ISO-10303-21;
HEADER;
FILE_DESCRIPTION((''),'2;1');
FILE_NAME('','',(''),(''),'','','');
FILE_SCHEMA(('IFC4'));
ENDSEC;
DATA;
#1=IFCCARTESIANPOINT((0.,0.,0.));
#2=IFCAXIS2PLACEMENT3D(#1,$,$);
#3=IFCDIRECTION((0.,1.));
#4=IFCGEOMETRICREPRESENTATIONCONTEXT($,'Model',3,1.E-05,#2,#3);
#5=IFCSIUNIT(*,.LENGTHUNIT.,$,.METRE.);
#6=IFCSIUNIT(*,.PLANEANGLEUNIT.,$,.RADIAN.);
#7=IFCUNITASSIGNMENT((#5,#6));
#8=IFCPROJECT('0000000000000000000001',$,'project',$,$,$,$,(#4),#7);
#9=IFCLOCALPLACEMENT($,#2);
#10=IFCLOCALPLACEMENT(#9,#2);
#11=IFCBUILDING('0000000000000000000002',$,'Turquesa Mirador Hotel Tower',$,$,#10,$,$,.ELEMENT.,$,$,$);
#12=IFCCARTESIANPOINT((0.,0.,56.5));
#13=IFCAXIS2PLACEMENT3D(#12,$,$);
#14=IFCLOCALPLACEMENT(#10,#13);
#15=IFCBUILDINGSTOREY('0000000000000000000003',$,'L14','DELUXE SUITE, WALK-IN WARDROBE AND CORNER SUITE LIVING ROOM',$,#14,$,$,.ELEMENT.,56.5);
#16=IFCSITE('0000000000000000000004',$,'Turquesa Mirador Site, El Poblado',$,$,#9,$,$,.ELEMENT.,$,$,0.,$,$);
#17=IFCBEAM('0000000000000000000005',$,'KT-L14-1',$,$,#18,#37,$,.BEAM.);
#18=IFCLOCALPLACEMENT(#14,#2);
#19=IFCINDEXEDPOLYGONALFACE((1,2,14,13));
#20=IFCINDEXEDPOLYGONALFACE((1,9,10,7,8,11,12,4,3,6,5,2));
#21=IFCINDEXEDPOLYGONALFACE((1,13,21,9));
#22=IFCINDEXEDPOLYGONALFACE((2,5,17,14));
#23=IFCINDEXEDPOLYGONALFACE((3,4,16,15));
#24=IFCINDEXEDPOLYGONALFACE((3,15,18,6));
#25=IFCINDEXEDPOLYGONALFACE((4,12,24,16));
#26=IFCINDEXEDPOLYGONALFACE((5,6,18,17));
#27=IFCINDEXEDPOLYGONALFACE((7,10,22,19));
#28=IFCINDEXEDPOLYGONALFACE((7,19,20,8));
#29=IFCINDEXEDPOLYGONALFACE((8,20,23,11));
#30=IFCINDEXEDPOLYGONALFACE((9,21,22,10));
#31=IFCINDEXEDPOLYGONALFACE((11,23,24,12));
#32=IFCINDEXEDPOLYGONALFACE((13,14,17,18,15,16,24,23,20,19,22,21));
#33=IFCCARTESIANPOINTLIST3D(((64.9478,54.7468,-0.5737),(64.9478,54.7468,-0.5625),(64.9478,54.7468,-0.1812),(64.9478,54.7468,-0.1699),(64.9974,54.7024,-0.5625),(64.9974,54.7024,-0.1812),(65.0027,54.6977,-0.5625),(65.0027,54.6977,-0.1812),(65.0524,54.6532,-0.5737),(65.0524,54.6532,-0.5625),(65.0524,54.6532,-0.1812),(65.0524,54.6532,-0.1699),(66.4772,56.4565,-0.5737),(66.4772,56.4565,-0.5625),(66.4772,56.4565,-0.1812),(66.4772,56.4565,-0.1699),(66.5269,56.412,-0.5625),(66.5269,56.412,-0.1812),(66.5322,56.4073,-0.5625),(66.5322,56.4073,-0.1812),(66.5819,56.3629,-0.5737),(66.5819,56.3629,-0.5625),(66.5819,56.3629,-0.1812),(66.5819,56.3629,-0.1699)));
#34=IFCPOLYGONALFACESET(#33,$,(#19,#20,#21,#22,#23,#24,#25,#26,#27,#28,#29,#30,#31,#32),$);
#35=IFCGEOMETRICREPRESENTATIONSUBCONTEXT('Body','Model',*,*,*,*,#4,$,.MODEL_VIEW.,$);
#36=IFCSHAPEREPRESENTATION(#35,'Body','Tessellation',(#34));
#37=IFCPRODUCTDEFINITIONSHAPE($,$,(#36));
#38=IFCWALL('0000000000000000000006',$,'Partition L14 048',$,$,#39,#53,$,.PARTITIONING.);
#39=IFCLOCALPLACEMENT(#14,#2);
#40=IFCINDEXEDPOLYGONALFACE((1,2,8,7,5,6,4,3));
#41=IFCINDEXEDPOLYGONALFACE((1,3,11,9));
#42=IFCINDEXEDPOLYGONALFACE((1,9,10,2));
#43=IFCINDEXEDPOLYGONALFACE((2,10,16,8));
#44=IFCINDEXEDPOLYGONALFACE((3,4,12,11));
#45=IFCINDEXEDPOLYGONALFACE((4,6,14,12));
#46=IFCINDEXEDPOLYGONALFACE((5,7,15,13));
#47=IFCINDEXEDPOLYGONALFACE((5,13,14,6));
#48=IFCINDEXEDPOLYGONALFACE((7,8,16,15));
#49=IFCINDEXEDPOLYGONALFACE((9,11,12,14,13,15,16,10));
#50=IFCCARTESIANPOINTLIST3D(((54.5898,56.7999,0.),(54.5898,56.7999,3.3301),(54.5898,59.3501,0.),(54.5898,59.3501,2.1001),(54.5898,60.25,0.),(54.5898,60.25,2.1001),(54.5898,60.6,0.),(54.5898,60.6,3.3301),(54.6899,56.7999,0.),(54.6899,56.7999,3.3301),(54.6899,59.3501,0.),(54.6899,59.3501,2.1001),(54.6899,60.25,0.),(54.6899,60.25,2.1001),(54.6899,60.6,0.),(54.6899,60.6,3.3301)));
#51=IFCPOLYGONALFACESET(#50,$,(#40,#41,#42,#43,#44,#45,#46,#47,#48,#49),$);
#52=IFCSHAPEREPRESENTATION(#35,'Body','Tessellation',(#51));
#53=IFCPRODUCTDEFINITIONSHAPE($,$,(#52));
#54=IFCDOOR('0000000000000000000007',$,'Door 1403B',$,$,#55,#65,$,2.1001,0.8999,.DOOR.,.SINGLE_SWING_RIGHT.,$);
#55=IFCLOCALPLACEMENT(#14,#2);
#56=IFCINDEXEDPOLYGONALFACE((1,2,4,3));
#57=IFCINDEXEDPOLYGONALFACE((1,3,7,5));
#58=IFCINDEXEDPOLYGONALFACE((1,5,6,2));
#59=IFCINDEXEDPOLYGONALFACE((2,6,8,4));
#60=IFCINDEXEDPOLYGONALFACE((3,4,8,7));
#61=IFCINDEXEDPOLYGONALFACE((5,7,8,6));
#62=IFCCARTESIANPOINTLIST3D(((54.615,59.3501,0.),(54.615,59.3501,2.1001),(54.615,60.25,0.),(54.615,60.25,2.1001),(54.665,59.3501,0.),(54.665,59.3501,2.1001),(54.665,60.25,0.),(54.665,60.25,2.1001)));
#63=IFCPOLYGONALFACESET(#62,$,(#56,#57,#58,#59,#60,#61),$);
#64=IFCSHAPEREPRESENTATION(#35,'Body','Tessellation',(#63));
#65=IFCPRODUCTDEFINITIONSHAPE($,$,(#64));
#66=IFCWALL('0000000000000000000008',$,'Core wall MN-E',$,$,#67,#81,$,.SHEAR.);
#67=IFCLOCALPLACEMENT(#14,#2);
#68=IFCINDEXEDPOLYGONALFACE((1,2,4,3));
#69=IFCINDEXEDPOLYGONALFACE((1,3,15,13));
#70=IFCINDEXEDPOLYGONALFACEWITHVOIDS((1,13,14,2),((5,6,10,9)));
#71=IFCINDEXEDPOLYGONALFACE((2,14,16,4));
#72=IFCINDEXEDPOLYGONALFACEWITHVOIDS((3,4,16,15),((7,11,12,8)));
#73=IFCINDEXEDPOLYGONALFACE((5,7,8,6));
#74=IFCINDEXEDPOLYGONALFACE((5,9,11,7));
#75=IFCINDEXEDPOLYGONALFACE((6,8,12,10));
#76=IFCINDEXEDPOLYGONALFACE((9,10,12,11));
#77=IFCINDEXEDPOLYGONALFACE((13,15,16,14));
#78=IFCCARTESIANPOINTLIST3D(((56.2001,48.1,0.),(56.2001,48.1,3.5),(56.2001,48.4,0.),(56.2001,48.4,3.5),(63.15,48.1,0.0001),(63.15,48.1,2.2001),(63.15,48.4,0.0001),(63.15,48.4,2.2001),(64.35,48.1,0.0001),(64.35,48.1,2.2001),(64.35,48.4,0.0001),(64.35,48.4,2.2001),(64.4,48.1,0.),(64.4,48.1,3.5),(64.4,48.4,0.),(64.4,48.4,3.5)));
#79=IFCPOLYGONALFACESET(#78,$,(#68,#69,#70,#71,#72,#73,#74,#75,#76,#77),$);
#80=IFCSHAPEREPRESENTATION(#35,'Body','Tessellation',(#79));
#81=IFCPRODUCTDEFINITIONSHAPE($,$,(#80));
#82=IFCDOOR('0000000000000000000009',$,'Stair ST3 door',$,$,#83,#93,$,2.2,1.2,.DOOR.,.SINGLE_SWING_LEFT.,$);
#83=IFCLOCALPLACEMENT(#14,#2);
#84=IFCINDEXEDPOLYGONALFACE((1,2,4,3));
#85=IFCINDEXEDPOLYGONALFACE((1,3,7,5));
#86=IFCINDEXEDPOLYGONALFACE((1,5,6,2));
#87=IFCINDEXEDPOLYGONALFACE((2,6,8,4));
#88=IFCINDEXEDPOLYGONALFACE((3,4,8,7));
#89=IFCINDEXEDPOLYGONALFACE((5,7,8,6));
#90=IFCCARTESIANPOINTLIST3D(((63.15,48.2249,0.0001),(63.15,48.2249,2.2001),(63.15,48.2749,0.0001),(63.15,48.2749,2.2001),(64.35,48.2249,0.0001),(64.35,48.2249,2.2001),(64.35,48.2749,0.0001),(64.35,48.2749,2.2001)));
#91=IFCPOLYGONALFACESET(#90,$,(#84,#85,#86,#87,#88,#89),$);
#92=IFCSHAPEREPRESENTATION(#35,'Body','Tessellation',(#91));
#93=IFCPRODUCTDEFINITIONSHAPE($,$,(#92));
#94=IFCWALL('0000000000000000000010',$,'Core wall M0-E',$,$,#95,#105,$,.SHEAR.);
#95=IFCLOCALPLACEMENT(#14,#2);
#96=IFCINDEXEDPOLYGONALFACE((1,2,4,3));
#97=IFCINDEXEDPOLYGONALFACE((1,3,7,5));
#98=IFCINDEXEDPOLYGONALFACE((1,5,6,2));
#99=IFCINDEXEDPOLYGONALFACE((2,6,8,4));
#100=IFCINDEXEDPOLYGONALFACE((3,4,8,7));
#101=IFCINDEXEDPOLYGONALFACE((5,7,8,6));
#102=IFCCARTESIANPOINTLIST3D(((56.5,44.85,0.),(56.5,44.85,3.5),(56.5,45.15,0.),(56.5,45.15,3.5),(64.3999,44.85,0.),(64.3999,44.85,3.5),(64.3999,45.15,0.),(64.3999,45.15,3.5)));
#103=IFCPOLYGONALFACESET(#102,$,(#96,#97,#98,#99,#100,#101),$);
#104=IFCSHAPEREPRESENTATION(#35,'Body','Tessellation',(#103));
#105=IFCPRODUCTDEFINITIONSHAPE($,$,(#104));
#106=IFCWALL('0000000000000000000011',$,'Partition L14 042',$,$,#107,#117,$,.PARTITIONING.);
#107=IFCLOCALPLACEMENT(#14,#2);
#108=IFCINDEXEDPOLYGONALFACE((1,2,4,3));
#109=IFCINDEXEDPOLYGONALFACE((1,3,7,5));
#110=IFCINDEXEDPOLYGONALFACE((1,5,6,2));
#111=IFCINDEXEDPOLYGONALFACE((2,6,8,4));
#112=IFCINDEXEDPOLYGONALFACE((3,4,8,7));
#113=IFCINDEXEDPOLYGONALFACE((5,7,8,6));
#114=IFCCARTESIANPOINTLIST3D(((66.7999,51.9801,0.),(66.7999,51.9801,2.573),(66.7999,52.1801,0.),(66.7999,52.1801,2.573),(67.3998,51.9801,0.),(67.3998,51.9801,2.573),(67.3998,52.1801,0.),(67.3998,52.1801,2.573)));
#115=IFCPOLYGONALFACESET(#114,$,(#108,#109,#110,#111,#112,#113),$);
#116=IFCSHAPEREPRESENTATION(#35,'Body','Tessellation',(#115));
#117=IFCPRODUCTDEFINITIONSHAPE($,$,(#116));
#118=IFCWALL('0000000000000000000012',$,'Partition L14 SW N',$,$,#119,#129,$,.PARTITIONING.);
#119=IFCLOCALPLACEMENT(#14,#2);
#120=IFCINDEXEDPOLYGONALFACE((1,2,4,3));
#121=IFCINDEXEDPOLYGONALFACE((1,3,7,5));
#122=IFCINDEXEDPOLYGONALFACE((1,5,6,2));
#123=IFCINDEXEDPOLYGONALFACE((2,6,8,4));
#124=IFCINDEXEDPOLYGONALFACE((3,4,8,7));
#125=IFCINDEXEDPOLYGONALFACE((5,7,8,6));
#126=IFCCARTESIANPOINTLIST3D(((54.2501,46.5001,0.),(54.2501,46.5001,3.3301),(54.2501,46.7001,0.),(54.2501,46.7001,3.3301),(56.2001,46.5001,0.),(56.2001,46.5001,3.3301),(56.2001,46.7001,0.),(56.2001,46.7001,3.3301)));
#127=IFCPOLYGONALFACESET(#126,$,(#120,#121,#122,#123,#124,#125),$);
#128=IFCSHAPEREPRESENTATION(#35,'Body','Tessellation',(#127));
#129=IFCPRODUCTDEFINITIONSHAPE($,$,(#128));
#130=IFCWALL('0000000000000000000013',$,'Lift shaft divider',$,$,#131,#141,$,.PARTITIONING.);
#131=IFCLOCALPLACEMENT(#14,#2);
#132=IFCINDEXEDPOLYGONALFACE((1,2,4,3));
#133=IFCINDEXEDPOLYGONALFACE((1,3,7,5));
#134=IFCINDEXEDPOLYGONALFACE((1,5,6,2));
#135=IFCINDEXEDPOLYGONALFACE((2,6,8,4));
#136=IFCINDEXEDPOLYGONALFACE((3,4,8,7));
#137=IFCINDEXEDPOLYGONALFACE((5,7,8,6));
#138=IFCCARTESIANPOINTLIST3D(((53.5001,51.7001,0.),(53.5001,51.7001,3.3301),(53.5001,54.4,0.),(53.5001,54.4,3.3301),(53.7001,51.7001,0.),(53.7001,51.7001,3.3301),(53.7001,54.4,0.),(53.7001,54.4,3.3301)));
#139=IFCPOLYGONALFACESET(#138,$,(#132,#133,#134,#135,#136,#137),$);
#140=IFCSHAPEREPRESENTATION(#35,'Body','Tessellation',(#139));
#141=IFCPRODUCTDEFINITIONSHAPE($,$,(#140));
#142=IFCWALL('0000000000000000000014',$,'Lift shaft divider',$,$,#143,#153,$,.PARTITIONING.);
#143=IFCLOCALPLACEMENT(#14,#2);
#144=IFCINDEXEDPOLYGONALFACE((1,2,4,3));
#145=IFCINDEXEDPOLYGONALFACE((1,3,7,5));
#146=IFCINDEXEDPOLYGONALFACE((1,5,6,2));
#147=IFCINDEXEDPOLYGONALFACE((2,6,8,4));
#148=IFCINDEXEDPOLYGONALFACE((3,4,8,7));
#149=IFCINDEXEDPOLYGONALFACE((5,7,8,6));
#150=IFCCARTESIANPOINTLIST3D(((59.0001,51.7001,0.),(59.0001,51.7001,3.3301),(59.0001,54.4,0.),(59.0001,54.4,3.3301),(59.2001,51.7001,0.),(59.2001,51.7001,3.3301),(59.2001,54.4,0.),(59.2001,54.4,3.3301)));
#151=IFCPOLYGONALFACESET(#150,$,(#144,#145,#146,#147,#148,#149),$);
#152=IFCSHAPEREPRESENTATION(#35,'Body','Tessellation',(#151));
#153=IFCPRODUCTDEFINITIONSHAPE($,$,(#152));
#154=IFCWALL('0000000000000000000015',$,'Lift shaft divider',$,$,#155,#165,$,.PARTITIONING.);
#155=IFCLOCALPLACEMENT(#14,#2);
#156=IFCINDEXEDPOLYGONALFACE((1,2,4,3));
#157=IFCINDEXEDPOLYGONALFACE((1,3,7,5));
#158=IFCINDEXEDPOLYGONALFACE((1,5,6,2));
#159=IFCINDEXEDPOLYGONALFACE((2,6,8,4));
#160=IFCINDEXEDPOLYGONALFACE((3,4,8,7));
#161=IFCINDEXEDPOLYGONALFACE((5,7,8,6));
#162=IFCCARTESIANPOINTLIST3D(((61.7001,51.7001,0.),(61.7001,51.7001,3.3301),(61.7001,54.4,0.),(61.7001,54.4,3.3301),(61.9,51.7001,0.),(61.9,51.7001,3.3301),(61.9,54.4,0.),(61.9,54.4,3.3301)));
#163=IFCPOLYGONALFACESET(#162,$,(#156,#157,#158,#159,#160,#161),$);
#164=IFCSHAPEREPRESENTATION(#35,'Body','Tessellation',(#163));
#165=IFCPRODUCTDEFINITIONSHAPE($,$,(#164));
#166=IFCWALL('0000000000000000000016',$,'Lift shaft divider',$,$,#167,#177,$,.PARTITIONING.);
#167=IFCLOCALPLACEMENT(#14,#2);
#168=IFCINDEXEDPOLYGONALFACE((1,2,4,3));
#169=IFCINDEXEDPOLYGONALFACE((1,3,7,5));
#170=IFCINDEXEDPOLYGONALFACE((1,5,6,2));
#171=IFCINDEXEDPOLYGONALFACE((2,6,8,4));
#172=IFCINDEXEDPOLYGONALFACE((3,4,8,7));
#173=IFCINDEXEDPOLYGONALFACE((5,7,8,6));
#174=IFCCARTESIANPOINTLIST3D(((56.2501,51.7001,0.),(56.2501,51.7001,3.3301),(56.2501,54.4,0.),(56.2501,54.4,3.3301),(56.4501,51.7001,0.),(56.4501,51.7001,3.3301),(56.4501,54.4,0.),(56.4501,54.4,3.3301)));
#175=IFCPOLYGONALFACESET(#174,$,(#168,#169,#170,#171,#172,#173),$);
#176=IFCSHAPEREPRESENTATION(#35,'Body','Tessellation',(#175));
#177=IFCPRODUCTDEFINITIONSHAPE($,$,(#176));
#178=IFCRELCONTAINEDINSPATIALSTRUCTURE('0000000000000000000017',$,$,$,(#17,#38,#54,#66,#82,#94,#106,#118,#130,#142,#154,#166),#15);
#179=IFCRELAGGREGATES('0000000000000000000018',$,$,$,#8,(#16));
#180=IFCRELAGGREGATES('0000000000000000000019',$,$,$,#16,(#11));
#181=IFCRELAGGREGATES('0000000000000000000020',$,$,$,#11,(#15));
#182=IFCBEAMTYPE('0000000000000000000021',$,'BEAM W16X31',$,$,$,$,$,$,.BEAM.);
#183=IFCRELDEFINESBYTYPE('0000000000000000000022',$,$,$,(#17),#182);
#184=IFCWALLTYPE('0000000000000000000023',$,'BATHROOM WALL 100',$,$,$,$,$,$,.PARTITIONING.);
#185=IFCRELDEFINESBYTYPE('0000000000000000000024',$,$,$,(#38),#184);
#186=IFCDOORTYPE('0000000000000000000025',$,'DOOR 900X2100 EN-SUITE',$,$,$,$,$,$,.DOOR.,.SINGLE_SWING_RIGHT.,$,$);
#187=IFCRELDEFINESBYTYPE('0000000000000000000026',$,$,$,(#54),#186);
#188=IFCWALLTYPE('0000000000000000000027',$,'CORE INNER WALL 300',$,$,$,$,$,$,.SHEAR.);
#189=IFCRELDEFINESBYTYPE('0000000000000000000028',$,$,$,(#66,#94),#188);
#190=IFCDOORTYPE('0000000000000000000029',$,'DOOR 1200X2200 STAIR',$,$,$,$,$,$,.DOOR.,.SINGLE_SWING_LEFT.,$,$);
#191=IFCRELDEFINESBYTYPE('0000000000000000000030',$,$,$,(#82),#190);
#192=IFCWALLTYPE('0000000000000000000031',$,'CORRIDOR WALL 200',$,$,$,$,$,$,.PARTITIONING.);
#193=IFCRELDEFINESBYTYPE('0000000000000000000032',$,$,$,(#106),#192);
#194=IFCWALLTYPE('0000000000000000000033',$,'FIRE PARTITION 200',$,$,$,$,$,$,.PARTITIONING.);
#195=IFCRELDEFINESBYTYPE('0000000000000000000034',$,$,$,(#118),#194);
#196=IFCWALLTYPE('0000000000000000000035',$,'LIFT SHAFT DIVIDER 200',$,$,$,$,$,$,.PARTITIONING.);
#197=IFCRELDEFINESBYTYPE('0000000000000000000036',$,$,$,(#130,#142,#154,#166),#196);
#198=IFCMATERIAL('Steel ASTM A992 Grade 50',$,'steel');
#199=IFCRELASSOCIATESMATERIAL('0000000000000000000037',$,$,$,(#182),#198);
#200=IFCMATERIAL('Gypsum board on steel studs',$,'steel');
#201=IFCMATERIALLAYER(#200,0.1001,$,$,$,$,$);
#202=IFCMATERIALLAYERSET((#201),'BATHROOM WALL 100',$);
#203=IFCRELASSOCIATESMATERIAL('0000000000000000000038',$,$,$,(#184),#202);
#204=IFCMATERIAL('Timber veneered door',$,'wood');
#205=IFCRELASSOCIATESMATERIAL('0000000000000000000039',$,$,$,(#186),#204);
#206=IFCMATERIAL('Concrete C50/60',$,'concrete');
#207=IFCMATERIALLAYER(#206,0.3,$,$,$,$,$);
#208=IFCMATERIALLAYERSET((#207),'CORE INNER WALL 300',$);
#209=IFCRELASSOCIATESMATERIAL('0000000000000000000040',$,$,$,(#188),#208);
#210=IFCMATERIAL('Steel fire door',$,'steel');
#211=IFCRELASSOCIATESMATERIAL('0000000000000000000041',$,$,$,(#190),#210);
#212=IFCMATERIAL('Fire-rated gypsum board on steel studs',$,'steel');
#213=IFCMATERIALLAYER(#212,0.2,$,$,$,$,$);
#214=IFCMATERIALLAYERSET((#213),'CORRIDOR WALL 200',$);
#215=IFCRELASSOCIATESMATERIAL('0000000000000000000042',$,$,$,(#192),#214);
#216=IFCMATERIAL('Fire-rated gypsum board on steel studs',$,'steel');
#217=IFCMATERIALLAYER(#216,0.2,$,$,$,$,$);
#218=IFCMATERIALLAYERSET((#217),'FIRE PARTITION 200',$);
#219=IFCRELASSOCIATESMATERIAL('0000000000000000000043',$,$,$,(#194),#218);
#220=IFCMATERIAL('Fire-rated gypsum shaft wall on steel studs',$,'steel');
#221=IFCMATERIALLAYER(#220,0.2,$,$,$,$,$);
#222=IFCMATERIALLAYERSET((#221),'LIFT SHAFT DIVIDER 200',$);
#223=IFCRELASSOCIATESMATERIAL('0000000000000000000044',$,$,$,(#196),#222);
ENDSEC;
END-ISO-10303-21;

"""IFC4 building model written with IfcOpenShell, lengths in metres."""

from ifc_helpers import new_model, si_unit, direction, frame, frame_2d, origin, origin_2d, place, context, subcontext, project, spatial, rectangle, i_section, extrude, material, layer, layer_set, material_profile, profile_set, type_object, element, fill, save


model = new_model("IFC4")

# Units and contexts
model_context = context("Model", 3, precision=1e-05, world=origin(), true_north=direction((0.0, 1.0)))
body_context = subcontext(model_context, "Body", "Model", "MODEL_VIEW")
ifc_project = project(units=[si_unit("LENGTHUNIT", "METRE"), si_unit("PLANEANGLEUNIT", "RADIAN")], contexts=[model_context])

# Site, building, storey
site_placement = place(None, origin())
site = spatial("IfcSite", under=ifc_project, at=site_placement, Name="Turquesa Mirador Site, El Poblado", CompositionType="ELEMENT", RefElevation=0.0)
building_placement = place(site_placement, origin())
building = spatial("IfcBuilding", under=site, at=building_placement, Name="Turquesa Mirador Hotel Tower", CompositionType="ELEMENT")
storey_placement = place(building_placement, frame((0.0, 0.0, 56.5)))
storey = spatial("IfcBuildingStorey", under=building, at=storey_placement, Name="L14", Description="DELUXE SUITE, WALK-IN WARDROBE AND CORNER SUITE LIVING ROOM", CompositionType="ELEMENT", Elevation=56.5)

# Beam
ifc_material_1 = material(Name="Steel ASTM A992 Grade 50", Category="steel")
ifc_material_profile = material_profile(ifc_material_1, i_section(OverallWidth=0.1404, OverallDepth=0.4038, WebThickness=0.0071, FlangeThickness=0.0112, at=origin_2d()), Name="W16X31")
ifc_profile_set = profile_set([ifc_material_profile], Name="Steel ASTM A992 Grade 50")
beam_type = type_object("IfcBeamType", Name="BEAM W16X31", PredefinedType="BEAM", material=ifc_profile_set)
beam_placement = place(storey_placement, frame((66.5295, 56.4097, -0.3718), z_axis=(-0.666745, -0.745286, 0.0), x_axis=(0.745286, -0.666745, 0.0)))
element("IfcBeam", 1, at=beam_placement, inside=storey, type_object=beam_type, Name="KT-L14-1", PredefinedType="BEAM", context=body_context, shape_type="SweptSolid", body=[
    extrude(i_section(OverallWidth=0.1404, OverallDepth=0.4038, WebThickness=0.0071, FlangeThickness=0.0112, at=origin_2d()), origin(), (0.0, 0.0, 1.0), 2.2939),
])

# Walls, openings, doors
ifc_material_2 = material(Name="Gypsum board on steel studs", Category="steel")
ifc_layer_1 = layer(ifc_material_2, 0.1001)
ifc_layer_set_1 = layer_set([ifc_layer_1], Name="BATHROOM WALL 100")
wall_type_1 = type_object("IfcWallType", Name="BATHROOM WALL 100", PredefinedType="PARTITIONING", material=ifc_layer_set_1)
wall_1_placement = place(storey_placement, frame((54.6399, 56.8, 0.0), z_axis=(0.0, 0.0, 1.0), x_axis=(0.0, 1.0, 0.0)))
wall_1 = element("IfcWall", 2, at=wall_1_placement, inside=storey, type_object=wall_type_1, Name="Partition L14 048", PredefinedType="PARTITIONING", context=body_context, shape_type="SweptSolid", body=[
    extrude(rectangle(XDim=3.8, YDim=0.1001, at=frame_2d((1.8999, 0.0))), origin(), (0.0, 0.0, 1.0), 3.3301),
])
opening_1_placement = place(wall_1_placement, frame((2.55, 0.0, 0.0)))
opening_1 = element("IfcOpeningElement", 3, at=opening_1_placement, cuts=wall_1, PredefinedType="OPENING", context=body_context, shape_type="SweptSolid", body=[
    extrude(rectangle(XDim=0.8999, YDim=2.1001, at=frame_2d((0.45, 1.05))), frame((0.0, 0.0601, 0.0), z_axis=(0.0, -1.0, 0.0), x_axis=(1.0, 0.0, 0.0)), (0.0, 0.0, 1.0), 0.1201),
])
ifc_material_3 = material(Name="Timber veneered door", Category="wood")
door_type_1 = type_object("IfcDoorType", Name="DOOR 900X2100 EN-SUITE", OperationType="SINGLE_SWING_RIGHT", PredefinedType="DOOR", material=ifc_material_3)
door_1_placement = place(opening_1_placement, origin())
door_1 = element("IfcDoor", 4, at=door_1_placement, inside=storey, type_object=door_type_1, Name="Door 1403B", OperationType="SINGLE_SWING_RIGHT", OverallHeight=2.1001, OverallWidth=0.8999, PredefinedType="DOOR", context=body_context, shape_type="SweptSolid", body=[
    extrude(rectangle(XDim=0.8999, YDim=2.1001, at=frame_2d((0.45, 1.05))), frame((0.0, 0.0249, 0.0), z_axis=(0.0, -1.0, 0.0), x_axis=(1.0, 0.0, 0.0)), (0.0, 0.0, 1.0), 0.05),
])
fill(opening_1, door_1)
ifc_material_4 = material(Name="Concrete C50/60", Category="concrete")
ifc_layer_2 = layer(ifc_material_4, 0.3)
ifc_layer_set_2 = layer_set([ifc_layer_2], Name="CORE INNER WALL 300")
wall_type_2 = type_object("IfcWallType", Name="CORE INNER WALL 300", PredefinedType="SHEAR", material=ifc_layer_set_2)
wall_2_placement = place(storey_placement, frame((56.2, 48.25, 0.0), z_axis=(0.0, 0.0, 1.0), x_axis=(1.0, 0.0, 0.0)))
wall_2 = element("IfcWall", 5, at=wall_2_placement, inside=storey, type_object=wall_type_2, Name="Core wall MN-E", PredefinedType="SHEAR", context=body_context, shape_type="SweptSolid", body=[
    extrude(rectangle(XDim=8.2, YDim=0.3, at=frame_2d((4.1001, 0.0))), origin(), (0.0, 0.0, 1.0), 3.5),
])
opening_2_placement = place(wall_2_placement, frame((6.95, 0.0, 0.0)))
opening_2 = element("IfcOpeningElement", 6, at=opening_2_placement, cuts=wall_2, PredefinedType="OPENING", context=body_context, shape_type="SweptSolid", body=[
    extrude(rectangle(XDim=1.2, YDim=2.2, at=frame_2d((0.6001, 1.1001))), frame((0.0, 0.1599, 0.0), z_axis=(0.0, -1.0, 0.0), x_axis=(1.0, 0.0, 0.0)), (0.0, 0.0, 1.0), 0.3201),
])
ifc_material_5 = material(Name="Steel fire door", Category="steel")
door_type_2 = type_object("IfcDoorType", Name="DOOR 1200X2200 STAIR", OperationType="SINGLE_SWING_LEFT", PredefinedType="DOOR", material=ifc_material_5)
door_2_placement = place(opening_2_placement, origin())
door_2 = element("IfcDoor", 7, at=door_2_placement, inside=storey, type_object=door_type_2, Name="Stair ST3 door", OperationType="SINGLE_SWING_LEFT", OverallHeight=2.2, OverallWidth=1.2, PredefinedType="DOOR", context=body_context, shape_type="SweptSolid", body=[
    extrude(rectangle(XDim=1.2, YDim=2.2, at=frame_2d((0.6001, 1.1001))), frame((0.0, 0.0249, 0.0), z_axis=(0.0, -1.0, 0.0), x_axis=(1.0, 0.0, 0.0)), (0.0, 0.0, 1.0), 0.05),
])
fill(opening_2, door_2)

# Walls
wall_3_placement = place(storey_placement, frame((56.5, 45.0, 0.0), z_axis=(0.0, 0.0, 1.0), x_axis=(1.0, 0.0, 0.0)))
element("IfcWall", 8, at=wall_3_placement, inside=storey, type_object=wall_type_2, Name="Core wall M0-E", PredefinedType="SHEAR", context=body_context, shape_type="SweptSolid", body=[
    extrude(rectangle(XDim=7.8999, YDim=0.3, at=frame_2d((3.95, 0.0))), origin(), (0.0, 0.0, 1.0), 3.5),
])
ifc_material_6 = material(Name="Fire-rated gypsum board on steel studs", Category="steel")
ifc_layer_3 = layer(ifc_material_6, 0.2)
ifc_layer_set_3 = layer_set([ifc_layer_3], Name="CORRIDOR WALL 200")
wall_type_3 = type_object("IfcWallType", Name="CORRIDOR WALL 200", PredefinedType="PARTITIONING", material=ifc_layer_set_3)
wall_4_placement = place(storey_placement, frame((66.8, 52.0801, 0.0), z_axis=(0.0, 0.0, 1.0), x_axis=(1.0, 0.0, 0.0)))
element("IfcWall", 9, at=wall_4_placement, inside=storey, type_object=wall_type_3, Name="Partition L14 042", PredefinedType="PARTITIONING", context=body_context, shape_type="SweptSolid", body=[
    extrude(rectangle(XDim=0.5999, YDim=0.2, at=frame_2d((0.2998, 0.0))), origin(), (0.0, 0.0, 1.0), 2.573),
])
ifc_material_7 = material(Name="Fire-rated gypsum board on steel studs", Category="steel")
ifc_layer_4 = layer(ifc_material_7, 0.2)
ifc_layer_set_4 = layer_set([ifc_layer_4], Name="FIRE PARTITION 200")
wall_type_4 = type_object("IfcWallType", Name="FIRE PARTITION 200", PredefinedType="PARTITIONING", material=ifc_layer_set_4)
wall_5_placement = place(storey_placement, frame((54.25, 46.6001, 0.0), z_axis=(0.0, 0.0, 1.0), x_axis=(1.0, 0.0, 0.0)))
element("IfcWall", 10, at=wall_5_placement, inside=storey, type_object=wall_type_4, Name="Partition L14 SW N", PredefinedType="PARTITIONING", context=body_context, shape_type="SweptSolid", body=[
    extrude(rectangle(XDim=1.95, YDim=0.2, at=frame_2d((0.9751, 0.0))), origin(), (0.0, 0.0, 1.0), 3.3301),
])
ifc_material_8 = material(Name="Fire-rated gypsum shaft wall on steel studs", Category="steel")
ifc_layer_5 = layer(ifc_material_8, 0.2)
ifc_layer_set_5 = layer_set([ifc_layer_5], Name="LIFT SHAFT DIVIDER 200")
wall_type_5 = type_object("IfcWallType", Name="LIFT SHAFT DIVIDER 200", PredefinedType="PARTITIONING", material=ifc_layer_set_5)
for number, where, z_axis, x_axis, name in (
    (11, (53.6001, 51.7, 0.0), (0.0, 0.0, 1.0), (0.0, 1.0, 0.0), "Lift shaft divider"),
    (12, (59.1001, 51.7, 0.0), (0.0, 0.0, 1.0), (0.0, 1.0, 0.0), "Lift shaft divider"),
    (13, (61.8, 51.7, 0.0), (0.0, 0.0, 1.0), (0.0, 1.0, 0.0), "Lift shaft divider"),
    (14, (56.3501, 51.7, 0.0), (0.0, 0.0, 1.0), (0.0, 1.0, 0.0), "Lift shaft divider"),
):
    element("IfcWall", number, at=place(storey_placement, frame(where, z_axis=z_axis, x_axis=x_axis)), inside=storey, type_object=wall_type_5, Name=name, PredefinedType="PARTITIONING", context=body_context, shape_type="SweptSolid", body=[
        extrude(rectangle(XDim=2.7, YDim=0.2, at=frame_2d((1.3501, 0.0))), origin(), (0.0, 0.0, 1.0), 3.3301),
    ])

save(model, "model.ifc")
